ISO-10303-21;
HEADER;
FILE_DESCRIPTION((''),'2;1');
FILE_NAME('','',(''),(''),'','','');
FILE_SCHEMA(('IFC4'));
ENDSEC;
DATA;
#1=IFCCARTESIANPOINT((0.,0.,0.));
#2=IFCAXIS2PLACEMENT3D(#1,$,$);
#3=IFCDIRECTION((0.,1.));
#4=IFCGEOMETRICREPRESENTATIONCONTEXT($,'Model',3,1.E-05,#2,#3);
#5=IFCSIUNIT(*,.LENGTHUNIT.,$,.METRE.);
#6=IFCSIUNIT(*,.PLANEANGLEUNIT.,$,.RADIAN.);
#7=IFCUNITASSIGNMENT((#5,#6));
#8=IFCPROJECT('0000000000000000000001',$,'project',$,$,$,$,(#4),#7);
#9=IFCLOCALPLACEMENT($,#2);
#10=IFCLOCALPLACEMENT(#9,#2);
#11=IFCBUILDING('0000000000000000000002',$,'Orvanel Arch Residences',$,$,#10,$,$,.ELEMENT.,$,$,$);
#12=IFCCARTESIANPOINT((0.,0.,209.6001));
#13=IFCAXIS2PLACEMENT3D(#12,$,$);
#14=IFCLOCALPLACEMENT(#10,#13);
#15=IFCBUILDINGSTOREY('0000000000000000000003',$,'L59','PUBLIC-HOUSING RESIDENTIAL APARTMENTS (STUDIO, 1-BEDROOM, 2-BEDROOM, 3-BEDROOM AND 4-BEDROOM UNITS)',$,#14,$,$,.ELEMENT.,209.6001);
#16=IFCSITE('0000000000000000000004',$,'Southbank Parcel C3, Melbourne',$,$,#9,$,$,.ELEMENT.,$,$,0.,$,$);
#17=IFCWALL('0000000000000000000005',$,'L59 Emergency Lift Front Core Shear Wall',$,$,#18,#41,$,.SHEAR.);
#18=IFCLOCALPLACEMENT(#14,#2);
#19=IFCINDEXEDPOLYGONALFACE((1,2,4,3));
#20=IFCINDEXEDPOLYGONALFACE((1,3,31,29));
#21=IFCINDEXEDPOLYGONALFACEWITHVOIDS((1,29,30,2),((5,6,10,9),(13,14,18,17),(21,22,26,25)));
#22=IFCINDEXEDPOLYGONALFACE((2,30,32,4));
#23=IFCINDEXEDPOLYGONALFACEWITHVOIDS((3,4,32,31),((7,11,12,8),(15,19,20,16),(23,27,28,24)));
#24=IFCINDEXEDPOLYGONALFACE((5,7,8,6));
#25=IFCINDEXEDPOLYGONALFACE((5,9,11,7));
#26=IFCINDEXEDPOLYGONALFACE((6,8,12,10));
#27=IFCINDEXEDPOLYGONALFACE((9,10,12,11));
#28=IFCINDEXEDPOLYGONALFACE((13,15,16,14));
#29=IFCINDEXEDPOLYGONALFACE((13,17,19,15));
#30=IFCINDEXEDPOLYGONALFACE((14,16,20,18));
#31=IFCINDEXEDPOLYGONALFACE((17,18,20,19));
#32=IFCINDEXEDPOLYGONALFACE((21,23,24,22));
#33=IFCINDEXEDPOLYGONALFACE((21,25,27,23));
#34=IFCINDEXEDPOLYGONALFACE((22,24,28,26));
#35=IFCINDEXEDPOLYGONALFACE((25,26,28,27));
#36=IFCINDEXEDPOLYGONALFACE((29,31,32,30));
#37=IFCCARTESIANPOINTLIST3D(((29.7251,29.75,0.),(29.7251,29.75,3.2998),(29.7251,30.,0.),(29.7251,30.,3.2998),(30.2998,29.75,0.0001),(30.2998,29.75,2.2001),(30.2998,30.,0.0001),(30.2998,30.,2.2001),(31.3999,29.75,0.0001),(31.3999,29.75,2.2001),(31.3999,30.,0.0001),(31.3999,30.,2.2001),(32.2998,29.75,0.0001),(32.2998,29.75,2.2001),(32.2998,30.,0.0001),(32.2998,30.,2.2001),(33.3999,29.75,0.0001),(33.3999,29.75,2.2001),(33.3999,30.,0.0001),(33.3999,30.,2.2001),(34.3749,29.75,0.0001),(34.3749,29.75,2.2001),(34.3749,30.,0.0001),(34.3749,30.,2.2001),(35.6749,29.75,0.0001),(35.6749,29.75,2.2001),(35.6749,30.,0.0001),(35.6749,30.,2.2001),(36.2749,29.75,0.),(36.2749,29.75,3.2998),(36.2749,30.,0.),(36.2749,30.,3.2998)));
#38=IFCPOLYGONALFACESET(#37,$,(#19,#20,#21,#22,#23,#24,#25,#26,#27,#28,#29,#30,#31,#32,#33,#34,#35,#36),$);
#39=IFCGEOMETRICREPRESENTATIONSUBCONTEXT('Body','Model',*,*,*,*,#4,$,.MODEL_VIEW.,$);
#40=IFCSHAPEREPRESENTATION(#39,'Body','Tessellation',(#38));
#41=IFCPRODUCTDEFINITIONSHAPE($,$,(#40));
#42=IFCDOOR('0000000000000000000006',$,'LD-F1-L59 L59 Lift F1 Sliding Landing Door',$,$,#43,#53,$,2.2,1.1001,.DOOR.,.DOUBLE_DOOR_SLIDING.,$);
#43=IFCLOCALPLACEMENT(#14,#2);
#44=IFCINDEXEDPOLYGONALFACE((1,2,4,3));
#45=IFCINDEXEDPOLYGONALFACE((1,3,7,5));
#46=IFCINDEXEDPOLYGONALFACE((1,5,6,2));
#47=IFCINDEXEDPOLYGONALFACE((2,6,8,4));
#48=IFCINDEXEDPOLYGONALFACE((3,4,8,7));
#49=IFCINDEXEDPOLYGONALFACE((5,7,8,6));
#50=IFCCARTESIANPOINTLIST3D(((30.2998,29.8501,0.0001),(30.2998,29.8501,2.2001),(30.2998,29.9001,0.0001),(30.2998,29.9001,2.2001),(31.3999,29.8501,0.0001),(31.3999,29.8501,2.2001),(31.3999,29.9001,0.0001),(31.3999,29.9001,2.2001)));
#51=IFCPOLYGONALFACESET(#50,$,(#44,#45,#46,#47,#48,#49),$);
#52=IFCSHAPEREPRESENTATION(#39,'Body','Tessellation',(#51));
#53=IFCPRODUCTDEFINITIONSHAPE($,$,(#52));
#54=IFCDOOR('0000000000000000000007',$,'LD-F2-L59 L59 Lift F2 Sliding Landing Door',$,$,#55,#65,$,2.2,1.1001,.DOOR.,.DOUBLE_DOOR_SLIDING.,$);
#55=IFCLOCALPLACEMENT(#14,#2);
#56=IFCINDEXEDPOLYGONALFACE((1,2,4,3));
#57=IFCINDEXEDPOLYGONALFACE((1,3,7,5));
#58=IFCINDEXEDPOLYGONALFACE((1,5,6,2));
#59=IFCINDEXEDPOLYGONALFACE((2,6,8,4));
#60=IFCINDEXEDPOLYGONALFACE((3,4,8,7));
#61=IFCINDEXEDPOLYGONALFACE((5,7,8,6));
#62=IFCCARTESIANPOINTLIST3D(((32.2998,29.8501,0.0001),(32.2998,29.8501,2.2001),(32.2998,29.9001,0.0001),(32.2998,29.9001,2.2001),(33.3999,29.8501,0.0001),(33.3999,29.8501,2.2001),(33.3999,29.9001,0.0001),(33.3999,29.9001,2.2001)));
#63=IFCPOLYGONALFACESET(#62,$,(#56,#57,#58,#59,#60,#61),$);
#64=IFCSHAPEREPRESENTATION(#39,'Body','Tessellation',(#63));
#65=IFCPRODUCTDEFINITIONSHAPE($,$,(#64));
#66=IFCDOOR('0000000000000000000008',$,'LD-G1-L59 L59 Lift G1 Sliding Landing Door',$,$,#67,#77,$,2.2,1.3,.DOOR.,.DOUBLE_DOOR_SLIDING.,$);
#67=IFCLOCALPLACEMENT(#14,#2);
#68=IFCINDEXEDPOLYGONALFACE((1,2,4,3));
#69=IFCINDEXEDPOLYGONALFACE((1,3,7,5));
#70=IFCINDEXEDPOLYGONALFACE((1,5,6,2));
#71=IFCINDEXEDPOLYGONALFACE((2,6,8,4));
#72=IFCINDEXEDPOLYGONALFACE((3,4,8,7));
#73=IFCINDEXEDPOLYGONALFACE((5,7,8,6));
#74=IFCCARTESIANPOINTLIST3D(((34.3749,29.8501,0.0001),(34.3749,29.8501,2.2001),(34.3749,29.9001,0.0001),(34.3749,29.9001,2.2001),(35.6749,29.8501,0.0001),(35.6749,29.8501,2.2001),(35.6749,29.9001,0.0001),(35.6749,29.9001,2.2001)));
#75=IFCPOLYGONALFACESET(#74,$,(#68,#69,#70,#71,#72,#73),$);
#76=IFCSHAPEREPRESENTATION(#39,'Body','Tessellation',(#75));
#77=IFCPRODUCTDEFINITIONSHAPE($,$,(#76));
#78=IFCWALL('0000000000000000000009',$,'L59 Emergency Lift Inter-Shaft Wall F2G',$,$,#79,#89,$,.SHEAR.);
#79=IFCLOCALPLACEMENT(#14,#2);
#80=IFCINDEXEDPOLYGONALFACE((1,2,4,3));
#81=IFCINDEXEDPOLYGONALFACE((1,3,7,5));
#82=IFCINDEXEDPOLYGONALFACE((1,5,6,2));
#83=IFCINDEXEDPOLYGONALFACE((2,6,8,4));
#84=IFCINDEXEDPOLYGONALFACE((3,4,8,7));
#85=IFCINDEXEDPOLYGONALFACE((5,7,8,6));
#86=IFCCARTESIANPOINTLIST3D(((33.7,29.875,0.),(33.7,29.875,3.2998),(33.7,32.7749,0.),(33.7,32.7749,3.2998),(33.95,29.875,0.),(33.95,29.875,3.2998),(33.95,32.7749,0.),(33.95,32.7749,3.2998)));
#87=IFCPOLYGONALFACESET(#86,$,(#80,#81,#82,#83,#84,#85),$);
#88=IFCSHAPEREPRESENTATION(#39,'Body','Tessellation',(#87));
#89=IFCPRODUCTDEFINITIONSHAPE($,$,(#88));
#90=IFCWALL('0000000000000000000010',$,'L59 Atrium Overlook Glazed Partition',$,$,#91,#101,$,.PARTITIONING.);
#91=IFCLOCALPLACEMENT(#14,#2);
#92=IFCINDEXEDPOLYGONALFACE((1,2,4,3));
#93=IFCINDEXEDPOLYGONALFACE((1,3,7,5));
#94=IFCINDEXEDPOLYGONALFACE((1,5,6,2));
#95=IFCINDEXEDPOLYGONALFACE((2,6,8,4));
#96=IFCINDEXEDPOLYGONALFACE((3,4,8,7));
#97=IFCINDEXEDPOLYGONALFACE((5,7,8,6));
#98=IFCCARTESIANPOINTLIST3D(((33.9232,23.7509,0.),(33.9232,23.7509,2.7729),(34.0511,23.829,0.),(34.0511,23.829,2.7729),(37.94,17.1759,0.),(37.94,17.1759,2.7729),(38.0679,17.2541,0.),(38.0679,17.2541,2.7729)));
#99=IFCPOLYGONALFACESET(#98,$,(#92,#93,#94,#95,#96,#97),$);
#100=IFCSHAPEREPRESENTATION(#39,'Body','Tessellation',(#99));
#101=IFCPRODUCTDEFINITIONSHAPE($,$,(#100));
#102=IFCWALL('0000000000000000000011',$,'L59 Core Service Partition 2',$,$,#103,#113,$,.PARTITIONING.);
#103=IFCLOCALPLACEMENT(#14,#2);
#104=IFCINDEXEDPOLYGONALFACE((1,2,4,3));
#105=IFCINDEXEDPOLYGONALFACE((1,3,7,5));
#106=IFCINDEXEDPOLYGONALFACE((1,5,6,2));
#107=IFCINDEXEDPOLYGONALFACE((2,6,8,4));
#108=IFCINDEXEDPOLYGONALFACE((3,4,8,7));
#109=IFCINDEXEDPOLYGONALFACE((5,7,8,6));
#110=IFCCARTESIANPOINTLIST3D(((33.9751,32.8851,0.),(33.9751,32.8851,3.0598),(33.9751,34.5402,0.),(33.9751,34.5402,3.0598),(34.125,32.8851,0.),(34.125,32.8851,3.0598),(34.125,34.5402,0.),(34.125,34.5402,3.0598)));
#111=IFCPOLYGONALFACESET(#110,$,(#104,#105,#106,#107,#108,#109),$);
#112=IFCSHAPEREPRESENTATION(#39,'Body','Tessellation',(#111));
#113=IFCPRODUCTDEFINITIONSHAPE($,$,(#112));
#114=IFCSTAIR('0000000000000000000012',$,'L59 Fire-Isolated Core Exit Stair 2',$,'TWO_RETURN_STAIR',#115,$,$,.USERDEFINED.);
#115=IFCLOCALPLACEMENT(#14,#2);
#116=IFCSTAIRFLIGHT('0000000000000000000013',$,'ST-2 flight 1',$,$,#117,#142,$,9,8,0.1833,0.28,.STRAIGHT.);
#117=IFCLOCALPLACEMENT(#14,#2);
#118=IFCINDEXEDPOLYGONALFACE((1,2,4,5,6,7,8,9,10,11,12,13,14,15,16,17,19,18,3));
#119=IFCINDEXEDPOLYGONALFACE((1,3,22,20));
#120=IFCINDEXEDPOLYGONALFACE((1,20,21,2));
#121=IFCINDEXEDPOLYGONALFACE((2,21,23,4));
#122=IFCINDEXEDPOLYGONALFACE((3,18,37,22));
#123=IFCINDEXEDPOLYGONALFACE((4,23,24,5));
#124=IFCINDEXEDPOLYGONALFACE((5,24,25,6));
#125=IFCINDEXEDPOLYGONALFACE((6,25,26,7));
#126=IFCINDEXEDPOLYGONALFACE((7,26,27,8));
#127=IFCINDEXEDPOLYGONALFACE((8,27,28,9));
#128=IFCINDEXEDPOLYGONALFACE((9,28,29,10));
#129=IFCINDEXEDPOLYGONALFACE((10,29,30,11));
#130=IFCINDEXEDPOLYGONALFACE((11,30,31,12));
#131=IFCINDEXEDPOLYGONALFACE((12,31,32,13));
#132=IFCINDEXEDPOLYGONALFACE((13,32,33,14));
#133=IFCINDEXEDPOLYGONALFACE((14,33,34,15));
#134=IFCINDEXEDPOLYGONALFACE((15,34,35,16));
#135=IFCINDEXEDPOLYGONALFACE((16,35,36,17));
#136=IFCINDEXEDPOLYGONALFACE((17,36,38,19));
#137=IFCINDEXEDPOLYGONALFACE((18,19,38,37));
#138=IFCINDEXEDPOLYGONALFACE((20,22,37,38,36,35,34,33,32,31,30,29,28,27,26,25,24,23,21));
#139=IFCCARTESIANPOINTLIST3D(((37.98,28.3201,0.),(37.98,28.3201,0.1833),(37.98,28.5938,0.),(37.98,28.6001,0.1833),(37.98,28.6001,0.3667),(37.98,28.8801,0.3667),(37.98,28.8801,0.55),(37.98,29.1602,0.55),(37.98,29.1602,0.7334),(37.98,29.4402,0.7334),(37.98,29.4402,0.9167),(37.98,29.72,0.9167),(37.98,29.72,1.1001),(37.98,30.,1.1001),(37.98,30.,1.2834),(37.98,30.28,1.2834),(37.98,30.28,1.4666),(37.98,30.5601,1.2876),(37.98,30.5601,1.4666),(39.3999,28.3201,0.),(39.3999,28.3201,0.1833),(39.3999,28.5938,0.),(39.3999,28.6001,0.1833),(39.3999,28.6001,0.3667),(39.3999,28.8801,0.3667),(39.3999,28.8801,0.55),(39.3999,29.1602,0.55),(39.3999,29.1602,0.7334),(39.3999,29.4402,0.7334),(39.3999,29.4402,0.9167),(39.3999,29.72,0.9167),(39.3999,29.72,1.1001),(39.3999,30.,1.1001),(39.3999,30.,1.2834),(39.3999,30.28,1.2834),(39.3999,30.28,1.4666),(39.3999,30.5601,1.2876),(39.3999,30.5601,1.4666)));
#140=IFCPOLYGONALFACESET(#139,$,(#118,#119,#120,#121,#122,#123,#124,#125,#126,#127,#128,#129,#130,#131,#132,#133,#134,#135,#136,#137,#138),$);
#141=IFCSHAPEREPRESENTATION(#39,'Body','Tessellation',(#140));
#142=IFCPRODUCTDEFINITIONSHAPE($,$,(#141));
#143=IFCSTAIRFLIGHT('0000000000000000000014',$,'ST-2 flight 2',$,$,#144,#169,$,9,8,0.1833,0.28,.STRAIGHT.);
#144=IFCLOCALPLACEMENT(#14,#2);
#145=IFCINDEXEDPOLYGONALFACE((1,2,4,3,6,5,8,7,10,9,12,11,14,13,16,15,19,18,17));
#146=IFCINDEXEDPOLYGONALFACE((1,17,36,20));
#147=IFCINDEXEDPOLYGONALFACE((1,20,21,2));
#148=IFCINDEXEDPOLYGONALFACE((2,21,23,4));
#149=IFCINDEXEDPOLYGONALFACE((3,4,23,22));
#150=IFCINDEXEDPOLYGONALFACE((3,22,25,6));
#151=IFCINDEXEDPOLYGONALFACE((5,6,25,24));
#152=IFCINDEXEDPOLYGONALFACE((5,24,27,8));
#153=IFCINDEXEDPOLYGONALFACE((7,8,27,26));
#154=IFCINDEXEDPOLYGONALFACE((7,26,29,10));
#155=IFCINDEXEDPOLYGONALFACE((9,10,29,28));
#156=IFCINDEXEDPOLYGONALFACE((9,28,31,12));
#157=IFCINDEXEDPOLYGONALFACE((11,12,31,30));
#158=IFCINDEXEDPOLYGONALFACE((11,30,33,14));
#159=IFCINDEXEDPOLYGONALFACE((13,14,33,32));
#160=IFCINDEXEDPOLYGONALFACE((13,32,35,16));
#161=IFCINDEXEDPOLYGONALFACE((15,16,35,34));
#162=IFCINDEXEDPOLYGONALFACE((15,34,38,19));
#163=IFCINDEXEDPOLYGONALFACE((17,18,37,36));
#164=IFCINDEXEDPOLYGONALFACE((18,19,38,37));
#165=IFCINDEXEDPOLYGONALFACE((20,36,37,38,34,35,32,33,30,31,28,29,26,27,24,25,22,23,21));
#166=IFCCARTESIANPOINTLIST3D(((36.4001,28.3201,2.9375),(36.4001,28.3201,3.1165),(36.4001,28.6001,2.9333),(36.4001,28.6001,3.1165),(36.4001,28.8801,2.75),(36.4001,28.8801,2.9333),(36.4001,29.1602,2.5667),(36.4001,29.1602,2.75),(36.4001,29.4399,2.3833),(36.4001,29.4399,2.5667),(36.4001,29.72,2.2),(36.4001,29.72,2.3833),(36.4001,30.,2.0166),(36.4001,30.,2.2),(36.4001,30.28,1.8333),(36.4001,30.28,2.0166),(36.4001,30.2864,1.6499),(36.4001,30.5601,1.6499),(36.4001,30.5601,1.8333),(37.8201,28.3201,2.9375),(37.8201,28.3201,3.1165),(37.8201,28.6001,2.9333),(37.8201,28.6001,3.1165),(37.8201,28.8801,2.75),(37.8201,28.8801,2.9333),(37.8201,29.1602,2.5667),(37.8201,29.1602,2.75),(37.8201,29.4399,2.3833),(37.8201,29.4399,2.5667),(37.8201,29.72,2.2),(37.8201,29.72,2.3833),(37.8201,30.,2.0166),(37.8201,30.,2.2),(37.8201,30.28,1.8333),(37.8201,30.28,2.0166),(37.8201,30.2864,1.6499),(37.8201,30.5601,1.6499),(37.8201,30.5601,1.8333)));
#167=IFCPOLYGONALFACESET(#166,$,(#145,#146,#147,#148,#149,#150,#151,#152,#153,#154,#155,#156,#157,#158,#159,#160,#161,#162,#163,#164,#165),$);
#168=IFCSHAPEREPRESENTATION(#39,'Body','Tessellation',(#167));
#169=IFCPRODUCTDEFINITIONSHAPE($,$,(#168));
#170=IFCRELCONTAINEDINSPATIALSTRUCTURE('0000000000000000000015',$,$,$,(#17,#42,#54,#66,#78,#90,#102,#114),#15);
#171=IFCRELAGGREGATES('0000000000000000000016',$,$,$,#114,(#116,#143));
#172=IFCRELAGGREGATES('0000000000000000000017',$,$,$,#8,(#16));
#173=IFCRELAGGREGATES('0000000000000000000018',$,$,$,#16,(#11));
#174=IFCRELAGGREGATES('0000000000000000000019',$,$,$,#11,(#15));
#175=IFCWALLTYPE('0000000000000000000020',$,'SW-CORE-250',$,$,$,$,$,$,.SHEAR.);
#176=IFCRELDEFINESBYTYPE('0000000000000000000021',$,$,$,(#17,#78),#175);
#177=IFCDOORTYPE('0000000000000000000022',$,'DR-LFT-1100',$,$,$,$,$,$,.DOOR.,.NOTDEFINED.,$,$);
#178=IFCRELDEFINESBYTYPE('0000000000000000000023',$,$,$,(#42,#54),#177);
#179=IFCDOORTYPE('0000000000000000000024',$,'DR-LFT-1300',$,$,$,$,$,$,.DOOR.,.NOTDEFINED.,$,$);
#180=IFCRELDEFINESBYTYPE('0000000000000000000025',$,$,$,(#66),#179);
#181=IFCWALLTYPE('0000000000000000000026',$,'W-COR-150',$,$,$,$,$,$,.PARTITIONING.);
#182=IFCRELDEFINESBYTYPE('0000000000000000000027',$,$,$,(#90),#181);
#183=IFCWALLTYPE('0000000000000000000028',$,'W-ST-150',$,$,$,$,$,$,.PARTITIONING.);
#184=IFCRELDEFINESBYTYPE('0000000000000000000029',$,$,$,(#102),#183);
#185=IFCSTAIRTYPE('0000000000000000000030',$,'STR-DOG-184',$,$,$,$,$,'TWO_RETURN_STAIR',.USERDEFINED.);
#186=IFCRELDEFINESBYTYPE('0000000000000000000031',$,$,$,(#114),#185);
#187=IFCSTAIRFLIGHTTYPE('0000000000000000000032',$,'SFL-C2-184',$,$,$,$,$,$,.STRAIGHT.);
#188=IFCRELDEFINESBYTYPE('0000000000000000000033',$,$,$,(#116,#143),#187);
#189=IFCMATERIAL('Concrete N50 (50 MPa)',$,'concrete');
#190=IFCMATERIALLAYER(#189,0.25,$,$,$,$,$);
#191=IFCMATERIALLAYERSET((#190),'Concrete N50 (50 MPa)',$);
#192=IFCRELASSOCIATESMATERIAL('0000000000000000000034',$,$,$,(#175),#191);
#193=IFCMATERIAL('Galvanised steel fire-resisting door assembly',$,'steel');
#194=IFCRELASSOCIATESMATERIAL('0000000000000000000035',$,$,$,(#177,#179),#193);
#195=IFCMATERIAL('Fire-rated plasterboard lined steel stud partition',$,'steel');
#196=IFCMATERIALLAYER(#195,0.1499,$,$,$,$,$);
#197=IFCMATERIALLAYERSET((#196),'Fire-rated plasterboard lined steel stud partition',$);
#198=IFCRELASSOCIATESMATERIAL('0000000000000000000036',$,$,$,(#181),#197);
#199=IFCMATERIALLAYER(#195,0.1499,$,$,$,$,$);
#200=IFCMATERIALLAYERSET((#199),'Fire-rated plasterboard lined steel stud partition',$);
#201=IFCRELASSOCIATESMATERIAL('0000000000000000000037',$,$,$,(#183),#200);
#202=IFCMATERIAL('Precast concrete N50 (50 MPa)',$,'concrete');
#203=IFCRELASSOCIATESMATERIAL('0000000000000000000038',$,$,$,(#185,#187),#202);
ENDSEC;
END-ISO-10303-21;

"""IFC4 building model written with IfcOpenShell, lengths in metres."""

from ifc_helpers import new_model, si_unit, direction, frame, frame_2d, origin, place, context, subcontext, project, spatial, polyline, rectangle, outline, extrude, material, layer, layer_set, type_object, element, fill, aggregate, save


model = new_model("IFC4")

# Units and contexts
model_context = context("Model", 3, precision=1e-05, world=origin(), true_north=direction((0.0, 1.0)))
body_context = subcontext(model_context, "Body", "Model", "MODEL_VIEW")
ifc_project = project(units=[si_unit("LENGTHUNIT", "METRE"), si_unit("PLANEANGLEUNIT", "RADIAN")], contexts=[model_context])

# Site, building, storey
site_placement = place(None, origin())
site = spatial("IfcSite", under=ifc_project, at=site_placement, Name="Southbank Parcel C3, Melbourne", CompositionType="ELEMENT", RefElevation=0.0)
building_placement = place(site_placement, origin())
building = spatial("IfcBuilding", under=site, at=building_placement, Name="Orvanel Arch Residences", CompositionType="ELEMENT")
storey_placement = place(building_placement, frame((0.0, 0.0, 209.6001)))
storey = spatial("IfcBuildingStorey", under=building, at=storey_placement, Name="L59", Description="PUBLIC-HOUSING RESIDENTIAL APARTMENTS (STUDIO, 1-BEDROOM, 2-BEDROOM, 3-BEDROOM AND 4-BEDROOM UNITS)", CompositionType="ELEMENT", Elevation=209.6001)

# Shared definitions
ifc_material_1 = material(Name="Concrete N50 (50 MPa)", Category="concrete")
ifc_layer_1 = layer(ifc_material_1, 0.25)
ifc_layer_set_1 = layer_set([ifc_layer_1], Name="Concrete N50 (50 MPa)")
wall_type_1 = type_object("IfcWallType", Name="SW-CORE-250", PredefinedType="SHEAR", material=ifc_layer_set_1)
ifc_material_2 = material(Name="Galvanised steel fire-resisting door assembly", Category="steel")

# Wall, openings, doors
wall_1_placement = place(storey_placement, frame((36.2749, 29.875, 0.0), z_axis=(0.0, 0.0, 1.0), x_axis=(-1.0, 0.0, 0.0)))
wall_1 = element("IfcWall", 1, at=wall_1_placement, inside=storey, type_object=wall_type_1, Name="L59 Emergency Lift Front Core Shear Wall", PredefinedType="SHEAR", context=body_context, shape_type="SweptSolid", body=[
    extrude(rectangle(XDim=6.5498, YDim=0.25, at=frame_2d((3.2749, 0.0))), origin(), (0.0, 0.0, 1.0), 3.2998),
])
opening_1_placement = place(wall_1_placement, frame((4.875, 0.0, 0.0)))
opening_1 = element("IfcOpeningElement", 2, at=opening_1_placement, cuts=wall_1, PredefinedType="OPENING", context=body_context, shape_type="SweptSolid", body=[
    extrude(rectangle(XDim=1.1001, YDim=2.2, at=frame_2d((0.55, 1.1001))), frame((0.0, 0.135, 0.0), z_axis=(0.0, -1.0, 0.0), x_axis=(1.0, 0.0, 0.0)), (0.0, 0.0, 1.0), 0.27),
])
opening_2_placement = place(wall_1_placement, frame((2.875, 0.0, 0.0)))
opening_2 = element("IfcOpeningElement", 3, at=opening_2_placement, cuts=wall_1, PredefinedType="OPENING", context=body_context, shape_type="SweptSolid", body=[
    extrude(rectangle(XDim=1.1001, YDim=2.2, at=frame_2d((0.55, 1.1001))), frame((0.0, 0.135, 0.0), z_axis=(0.0, -1.0, 0.0), x_axis=(1.0, 0.0, 0.0)), (0.0, 0.0, 1.0), 0.27),
])
opening_3_placement = place(wall_1_placement, frame((0.6001, 0.0, 0.0)))
opening_3 = element("IfcOpeningElement", 4, at=opening_3_placement, cuts=wall_1, PredefinedType="OPENING", context=body_context, shape_type="SweptSolid", body=[
    extrude(rectangle(XDim=1.3, YDim=2.2, at=frame_2d((0.6499, 1.1001))), frame((0.0, 0.135, 0.0), z_axis=(0.0, -1.0, 0.0), x_axis=(1.0, 0.0, 0.0)), (0.0, 0.0, 1.0), 0.27),
])
door_type_1 = type_object("IfcDoorType", Name="DR-LFT-1100", OperationType="NOTDEFINED", PredefinedType="DOOR", material=ifc_material_2)
door_1_placement = place(opening_1_placement, origin())
door_1 = element("IfcDoor", 5, at=door_1_placement, inside=storey, type_object=door_type_1, Name="LD-F1-L59 L59 Lift F1 Sliding Landing Door", OperationType="DOUBLE_DOOR_SLIDING", OverallHeight=2.2, OverallWidth=1.1001, PredefinedType="DOOR", context=body_context, shape_type="SweptSolid", body=[
    extrude(rectangle(XDim=1.1001, YDim=2.2, at=frame_2d((0.55, 1.1001))), frame((0.0, 0.0249, 0.0), z_axis=(0.0, -1.0, 0.0), x_axis=(1.0, 0.0, 0.0)), (0.0, 0.0, 1.0), 0.05),
])
fill(opening_1, door_1)
door_2_placement = place(opening_2_placement, origin())
door_2 = element("IfcDoor", 6, at=door_2_placement, inside=storey, type_object=door_type_1, Name="LD-F2-L59 L59 Lift F2 Sliding Landing Door", OperationType="DOUBLE_DOOR_SLIDING", OverallHeight=2.2, OverallWidth=1.1001, PredefinedType="DOOR", context=body_context, shape_type="SweptSolid", body=[
    extrude(rectangle(XDim=1.1001, YDim=2.2, at=frame_2d((0.55, 1.1001))), frame((0.0, 0.0249, 0.0), z_axis=(0.0, -1.0, 0.0), x_axis=(1.0, 0.0, 0.0)), (0.0, 0.0, 1.0), 0.05),
])
fill(opening_2, door_2)
door_type_2 = type_object("IfcDoorType", Name="DR-LFT-1300", OperationType="NOTDEFINED", PredefinedType="DOOR", material=ifc_material_2)
door_3_placement = place(opening_3_placement, origin())
door_3 = element("IfcDoor", 7, at=door_3_placement, inside=storey, type_object=door_type_2, Name="LD-G1-L59 L59 Lift G1 Sliding Landing Door", OperationType="DOUBLE_DOOR_SLIDING", OverallHeight=2.2, OverallWidth=1.3, PredefinedType="DOOR", context=body_context, shape_type="SweptSolid", body=[
    extrude(rectangle(XDim=1.3, YDim=2.2, at=frame_2d((0.6499, 1.1001))), frame((0.0, 0.0249, 0.0), z_axis=(0.0, -1.0, 0.0), x_axis=(1.0, 0.0, 0.0)), (0.0, 0.0, 1.0), 0.05),
])
fill(opening_3, door_3)

# Walls
wall_2_placement = place(storey_placement, frame((33.825, 29.875, 0.0), z_axis=(0.0, 0.0, 1.0), x_axis=(0.0, 1.0, 0.0)))
element("IfcWall", 8, at=wall_2_placement, inside=storey, type_object=wall_type_1, Name="L59 Emergency Lift Inter-Shaft Wall F2G", PredefinedType="SHEAR", context=body_context, shape_type="SweptSolid", body=[
    extrude(rectangle(XDim=2.8999, YDim=0.25, at=frame_2d((1.45, 0.0))), origin(), (0.0, 0.0, 1.0), 3.2998),
])
ifc_material_3 = material(Name="Fire-rated plasterboard lined steel stud partition", Category="steel")
ifc_layer_2 = layer(ifc_material_3, 0.1499)
ifc_layer_set_2 = layer_set([ifc_layer_2], Name="Fire-rated plasterboard lined steel stud partition")
wall_type_2 = type_object("IfcWallType", Name="W-COR-150", PredefinedType="PARTITIONING", material=ifc_layer_set_2)
wall_3_placement = place(storey_placement, frame((33.9871, 23.79, 0.0), z_axis=(0.0, 0.0, 1.0), x_axis=(0.521338, -0.85335, 0.0)))
element("IfcWall", 9, at=wall_3_placement, inside=storey, type_object=wall_type_2, Name="L59 Atrium Overlook Glazed Partition", PredefinedType="PARTITIONING", context=body_context, shape_type="SweptSolid", body=[
    extrude(rectangle(XDim=7.7048, YDim=0.1499, at=frame_2d((3.8525, 0.0))), origin(), (0.0, 0.0, 1.0), 2.7729),
])
ifc_layer_3 = layer(ifc_material_3, 0.1499)
ifc_layer_set_3 = layer_set([ifc_layer_3], Name="Fire-rated plasterboard lined steel stud partition")
wall_type_3 = type_object("IfcWallType", Name="W-ST-150", PredefinedType="PARTITIONING", material=ifc_layer_set_3)
wall_4_placement = place(storey_placement, frame((34.05, 32.885, 0.0), z_axis=(0.0, 0.0, 1.0), x_axis=(0.0, 1.0, 0.0)))
element("IfcWall", 10, at=wall_4_placement, inside=storey, type_object=wall_type_3, Name="L59 Core Service Partition 2", PredefinedType="PARTITIONING", context=body_context, shape_type="SweptSolid", body=[
    extrude(rectangle(XDim=1.655, YDim=0.1499, at=frame_2d((0.8276, 0.0))), origin(), (0.0, 0.0, 1.0), 3.0598),
])

# Stair, stair flights
ifc_material_4 = material(Name="Precast concrete N50 (50 MPa)", Category="concrete")
stair_type = type_object("IfcStairType", Name="STR-DOG-184", ElementType="TWO_RETURN_STAIR", PredefinedType="USERDEFINED", material=ifc_material_4)
stair_placement = place(storey_placement, origin())
stair = element("IfcStair", 11, at=stair_placement, inside=storey, type_object=stair_type, Name="L59 Fire-Isolated Core Exit Stair 2", ObjectType="TWO_RETURN_STAIR", PredefinedType="USERDEFINED")
stair_flight_type = type_object("IfcStairFlightType", Name="SFL-C2-184", PredefinedType="STRAIGHT", material=ifc_material_4)
stair_flight_1_placement = place(storey_placement, frame((38.6899, 28.3201, 0.0), z_axis=(0.0, 0.0, 1.0), x_axis=(0.0, 1.0, 0.0)))
stair_flight_1 = element("IfcStairFlight", 12, at=stair_flight_1_placement, type_object=stair_flight_type, Name="ST-2 flight 1", NumberOfRisers=9, NumberOfTreads=8, PredefinedType="STRAIGHT", RiserHeight=0.1833, TreadLength=0.28, context=body_context, shape_type="SweptSolid", body=[
    extrude(outline(polyline([(0.0, 0.0), (0.0, 0.1833), (0.28, 0.1833), (0.28, 0.3667), (0.5601, 0.3667), (0.5601, 0.55), (0.8401, 0.55), (0.8401, 0.7334), (1.1201, 0.7334), (1.1201, 0.9167), (1.3999, 0.9167), (1.3999, 1.1001), (1.6799, 1.1001), (1.6799, 1.2834), (1.96, 1.2834), (1.96, 1.4666), (2.24, 1.4666), (2.24, 1.6499), (2.24, 1.2876), (0.2737, 0.0), (0.0, 0.0)])), frame((0.0, 0.71, 0.0), z_axis=(0.0, -1.0, 0.0), x_axis=(1.0, 0.0, 0.0)), (0.0, 0.0, 1.0), 1.4199),
])
stair_flight_2_placement = place(storey_placement, frame((37.1101, 30.5601, 1.6499), z_axis=(0.0, 0.0, 1.0), x_axis=(0.0, -1.0, 0.0)))
stair_flight_2 = element("IfcStairFlight", 13, at=stair_flight_2_placement, type_object=stair_flight_type, Name="ST-2 flight 2", NumberOfRisers=9, NumberOfTreads=8, PredefinedType="STRAIGHT", RiserHeight=0.1833, TreadLength=0.28, context=body_context, shape_type="SweptSolid", body=[
    extrude(outline(polyline([(0.0, 0.0), (0.0, 0.1833), (0.28, 0.1833), (0.28, 0.3667), (0.5601, 0.3667), (0.5601, 0.55), (0.8401, 0.55), (0.8401, 0.7334), (1.1201, 0.7334), (1.1201, 0.9167), (1.3999, 0.9167), (1.3999, 1.1001), (1.6799, 1.1001), (1.6799, 1.2834), (1.96, 1.2834), (1.96, 1.4666), (2.24, 1.4666), (2.24, 1.6499), (2.24, 1.2876), (0.2737, 0.0), (0.0, 0.0)])), frame((0.0, 0.71, 0.0), z_axis=(0.0, -1.0, 0.0), x_axis=(1.0, 0.0, 0.0)), (0.0, 0.0, 1.0), 1.4199),
])
aggregate(stair, [stair_flight_1, stair_flight_2])

save(model, "model.ifc")
